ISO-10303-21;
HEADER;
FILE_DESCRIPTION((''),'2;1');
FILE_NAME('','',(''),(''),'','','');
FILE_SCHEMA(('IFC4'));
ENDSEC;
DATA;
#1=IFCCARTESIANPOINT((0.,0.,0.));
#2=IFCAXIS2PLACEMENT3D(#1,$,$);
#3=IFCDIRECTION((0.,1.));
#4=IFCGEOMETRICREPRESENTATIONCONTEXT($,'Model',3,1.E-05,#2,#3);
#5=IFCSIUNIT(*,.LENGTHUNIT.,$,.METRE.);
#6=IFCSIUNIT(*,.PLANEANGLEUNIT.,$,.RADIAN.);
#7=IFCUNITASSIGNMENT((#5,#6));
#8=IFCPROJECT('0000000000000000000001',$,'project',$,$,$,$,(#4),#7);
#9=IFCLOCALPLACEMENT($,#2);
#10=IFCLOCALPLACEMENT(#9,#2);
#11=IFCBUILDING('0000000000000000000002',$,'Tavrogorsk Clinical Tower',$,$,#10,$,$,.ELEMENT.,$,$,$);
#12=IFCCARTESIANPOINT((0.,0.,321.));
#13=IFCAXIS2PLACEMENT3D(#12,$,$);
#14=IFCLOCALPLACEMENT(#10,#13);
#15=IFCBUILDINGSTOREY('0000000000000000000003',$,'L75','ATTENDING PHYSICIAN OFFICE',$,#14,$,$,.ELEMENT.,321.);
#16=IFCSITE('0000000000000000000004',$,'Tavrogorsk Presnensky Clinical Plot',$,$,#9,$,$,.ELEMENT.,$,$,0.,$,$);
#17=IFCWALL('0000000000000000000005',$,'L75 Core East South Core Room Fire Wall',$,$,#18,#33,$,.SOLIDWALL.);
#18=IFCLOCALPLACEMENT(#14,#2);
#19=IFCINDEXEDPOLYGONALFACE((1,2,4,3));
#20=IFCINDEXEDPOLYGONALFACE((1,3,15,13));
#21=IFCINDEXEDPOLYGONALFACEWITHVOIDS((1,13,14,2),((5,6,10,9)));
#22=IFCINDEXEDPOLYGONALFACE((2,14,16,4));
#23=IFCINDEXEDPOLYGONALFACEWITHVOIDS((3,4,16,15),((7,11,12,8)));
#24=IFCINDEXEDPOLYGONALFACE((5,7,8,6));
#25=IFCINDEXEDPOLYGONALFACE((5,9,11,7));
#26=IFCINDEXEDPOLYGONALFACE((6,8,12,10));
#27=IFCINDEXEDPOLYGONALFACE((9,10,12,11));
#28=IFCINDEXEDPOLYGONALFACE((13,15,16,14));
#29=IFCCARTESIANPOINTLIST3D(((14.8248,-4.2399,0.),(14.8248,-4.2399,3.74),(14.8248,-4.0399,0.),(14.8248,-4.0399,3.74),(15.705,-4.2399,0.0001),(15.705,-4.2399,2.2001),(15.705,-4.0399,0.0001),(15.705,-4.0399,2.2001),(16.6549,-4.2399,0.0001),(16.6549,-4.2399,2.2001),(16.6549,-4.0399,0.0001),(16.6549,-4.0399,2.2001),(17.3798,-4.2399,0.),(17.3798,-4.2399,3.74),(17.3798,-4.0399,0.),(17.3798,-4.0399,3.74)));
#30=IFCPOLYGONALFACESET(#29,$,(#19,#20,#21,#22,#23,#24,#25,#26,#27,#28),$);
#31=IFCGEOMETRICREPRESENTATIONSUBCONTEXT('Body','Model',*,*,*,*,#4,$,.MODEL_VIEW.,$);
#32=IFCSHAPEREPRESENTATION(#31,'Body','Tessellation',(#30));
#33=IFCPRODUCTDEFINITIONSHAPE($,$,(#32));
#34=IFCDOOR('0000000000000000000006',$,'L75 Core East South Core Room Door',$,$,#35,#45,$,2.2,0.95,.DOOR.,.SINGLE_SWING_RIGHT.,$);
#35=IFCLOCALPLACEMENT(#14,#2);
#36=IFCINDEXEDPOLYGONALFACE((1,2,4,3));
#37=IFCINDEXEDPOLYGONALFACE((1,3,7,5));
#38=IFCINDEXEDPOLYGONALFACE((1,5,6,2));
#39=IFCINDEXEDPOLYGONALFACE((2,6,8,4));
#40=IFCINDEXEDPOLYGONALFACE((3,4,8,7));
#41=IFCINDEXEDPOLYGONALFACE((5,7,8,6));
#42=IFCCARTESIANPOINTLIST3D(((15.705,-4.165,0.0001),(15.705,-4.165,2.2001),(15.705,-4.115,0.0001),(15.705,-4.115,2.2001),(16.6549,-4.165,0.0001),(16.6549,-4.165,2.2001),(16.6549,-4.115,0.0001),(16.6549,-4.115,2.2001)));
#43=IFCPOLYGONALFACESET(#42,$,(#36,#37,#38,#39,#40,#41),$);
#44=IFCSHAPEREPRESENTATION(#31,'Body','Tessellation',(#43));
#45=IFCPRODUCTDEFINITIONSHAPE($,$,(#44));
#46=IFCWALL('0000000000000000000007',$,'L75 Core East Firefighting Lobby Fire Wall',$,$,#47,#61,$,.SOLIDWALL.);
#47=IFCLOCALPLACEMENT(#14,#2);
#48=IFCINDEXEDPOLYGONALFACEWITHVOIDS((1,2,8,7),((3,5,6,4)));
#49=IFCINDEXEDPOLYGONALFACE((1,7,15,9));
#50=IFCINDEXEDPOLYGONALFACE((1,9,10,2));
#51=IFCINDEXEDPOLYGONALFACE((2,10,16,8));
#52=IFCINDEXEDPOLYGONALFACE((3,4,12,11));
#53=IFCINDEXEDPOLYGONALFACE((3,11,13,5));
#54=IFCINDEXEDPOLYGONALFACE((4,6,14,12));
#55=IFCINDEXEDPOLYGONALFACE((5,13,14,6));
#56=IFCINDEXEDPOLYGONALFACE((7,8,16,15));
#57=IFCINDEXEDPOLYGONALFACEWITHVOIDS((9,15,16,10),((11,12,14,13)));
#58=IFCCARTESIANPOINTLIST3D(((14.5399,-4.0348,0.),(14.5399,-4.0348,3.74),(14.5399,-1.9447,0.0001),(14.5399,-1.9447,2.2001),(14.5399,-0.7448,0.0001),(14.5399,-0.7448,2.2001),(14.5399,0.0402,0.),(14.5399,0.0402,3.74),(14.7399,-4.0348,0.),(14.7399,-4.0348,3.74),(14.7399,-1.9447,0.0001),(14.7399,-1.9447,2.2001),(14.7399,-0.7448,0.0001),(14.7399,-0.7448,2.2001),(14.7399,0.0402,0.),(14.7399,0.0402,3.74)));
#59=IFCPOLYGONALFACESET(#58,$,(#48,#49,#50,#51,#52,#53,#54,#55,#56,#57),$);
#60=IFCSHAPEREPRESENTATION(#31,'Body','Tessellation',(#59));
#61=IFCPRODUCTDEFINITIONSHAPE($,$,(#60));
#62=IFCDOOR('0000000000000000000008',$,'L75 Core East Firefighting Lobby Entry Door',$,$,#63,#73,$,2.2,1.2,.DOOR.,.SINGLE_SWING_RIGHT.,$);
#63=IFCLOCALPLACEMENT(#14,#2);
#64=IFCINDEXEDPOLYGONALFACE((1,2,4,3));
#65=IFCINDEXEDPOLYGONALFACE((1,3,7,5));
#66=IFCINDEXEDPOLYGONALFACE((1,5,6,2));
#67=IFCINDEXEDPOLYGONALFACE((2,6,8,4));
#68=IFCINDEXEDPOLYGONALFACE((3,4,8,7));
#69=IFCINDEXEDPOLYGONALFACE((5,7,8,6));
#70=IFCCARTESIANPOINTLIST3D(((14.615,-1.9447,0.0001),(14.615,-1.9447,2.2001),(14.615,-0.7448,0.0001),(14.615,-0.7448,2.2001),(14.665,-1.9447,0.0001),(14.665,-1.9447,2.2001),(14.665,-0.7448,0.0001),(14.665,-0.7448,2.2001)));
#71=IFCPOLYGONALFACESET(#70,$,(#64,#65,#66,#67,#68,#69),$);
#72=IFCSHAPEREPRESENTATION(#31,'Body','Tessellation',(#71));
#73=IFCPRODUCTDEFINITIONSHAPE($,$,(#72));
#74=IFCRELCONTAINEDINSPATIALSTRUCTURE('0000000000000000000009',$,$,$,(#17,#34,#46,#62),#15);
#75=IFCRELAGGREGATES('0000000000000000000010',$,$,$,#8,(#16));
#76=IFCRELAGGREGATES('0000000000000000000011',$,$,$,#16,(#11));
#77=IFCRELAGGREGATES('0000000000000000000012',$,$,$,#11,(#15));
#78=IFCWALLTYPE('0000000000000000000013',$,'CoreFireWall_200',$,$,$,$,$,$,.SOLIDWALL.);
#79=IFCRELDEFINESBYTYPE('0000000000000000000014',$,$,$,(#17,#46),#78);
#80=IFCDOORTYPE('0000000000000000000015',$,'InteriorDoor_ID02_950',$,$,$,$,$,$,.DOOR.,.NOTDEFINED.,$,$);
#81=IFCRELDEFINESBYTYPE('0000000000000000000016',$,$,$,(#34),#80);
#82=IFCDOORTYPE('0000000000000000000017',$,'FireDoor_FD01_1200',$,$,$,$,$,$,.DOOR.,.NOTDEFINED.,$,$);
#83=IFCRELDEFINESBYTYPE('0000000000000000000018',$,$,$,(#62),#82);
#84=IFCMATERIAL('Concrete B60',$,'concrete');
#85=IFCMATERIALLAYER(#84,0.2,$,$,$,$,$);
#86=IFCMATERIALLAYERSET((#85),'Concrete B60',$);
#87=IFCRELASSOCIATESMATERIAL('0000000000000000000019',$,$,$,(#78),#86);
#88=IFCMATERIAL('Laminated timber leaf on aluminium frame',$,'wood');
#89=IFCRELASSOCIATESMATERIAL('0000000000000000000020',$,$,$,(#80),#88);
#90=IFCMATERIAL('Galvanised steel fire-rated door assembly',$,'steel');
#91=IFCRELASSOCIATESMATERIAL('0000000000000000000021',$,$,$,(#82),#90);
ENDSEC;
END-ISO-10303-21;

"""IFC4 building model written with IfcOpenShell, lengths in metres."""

from ifc_helpers import new_model, si_unit, direction, frame, frame_2d, origin, place, context, subcontext, project, spatial, rectangle, extrude, material, layer, layer_set, type_object, element, fill, save


model = new_model("IFC4")

# Units and contexts
model_context = context("Model", 3, precision=1e-05, world=origin(), true_north=direction((0.0, 1.0)))
body_context = subcontext(model_context, "Body", "Model", "MODEL_VIEW")
ifc_project = project(units=[si_unit("LENGTHUNIT", "METRE"), si_unit("PLANEANGLEUNIT", "RADIAN")], contexts=[model_context])

# Site, building, storey
site_placement = place(None, origin())
site = spatial("IfcSite", under=ifc_project, at=site_placement, Name="Tavrogorsk Presnensky Clinical Plot", CompositionType="ELEMENT", RefElevation=0.0)
building_placement = place(site_placement, origin())
building = spatial("IfcBuilding", under=site, at=building_placement, Name="Tavrogorsk Clinical Tower", CompositionType="ELEMENT")
storey_placement = place(building_placement, frame((0.0, 0.0, 321.0)))
storey = spatial("IfcBuildingStorey", under=building, at=storey_placement, Name="L75", Description="ATTENDING PHYSICIAN OFFICE", CompositionType="ELEMENT", Elevation=321.0)

# Walls, openings, doors
ifc_material_1 = material(Name="Concrete B60", Category="concrete")
ifc_layer_1 = layer(ifc_material_1, 0.2)
ifc_layer_set_1 = layer_set([ifc_layer_1], Name="Concrete B60")
wall_type_1 = type_object("IfcWallType", Name="CoreFireWall_200", PredefinedType="SOLIDWALL", material=ifc_layer_set_1)
wall_1_placement = place(storey_placement, frame((14.825, -4.1399, 0.0), z_axis=(0.0, 0.0, 1.0), x_axis=(1.0, 0.0, 0.0)))
wall_1 = element("IfcWall", 1, at=wall_1_placement, inside=storey, type_object=wall_type_1, Name="L75 Core East South Core Room Fire Wall", PredefinedType="SOLIDWALL", context=body_context, shape_type="SweptSolid", body=[
    extrude(rectangle(XDim=2.5549, YDim=0.2, at=frame_2d((1.2773, 0.0))), origin(), (0.0, 0.0, 1.0), 3.74),
])
opening_1_placement = place(wall_1_placement, frame((0.8799, 0.0, 0.0)))
opening_1 = element("IfcOpeningElement", 2, at=opening_1_placement, cuts=wall_1, PredefinedType="OPENING", context=body_context, shape_type="SweptSolid", body=[
    extrude(rectangle(XDim=0.95, YDim=2.2, at=frame_2d((0.4751, 1.1001))), frame((0.0, 0.1099, 0.0), z_axis=(0.0, -1.0, 0.0), x_axis=(1.0, 0.0, 0.0)), (0.0, 0.0, 1.0), 0.22),
])
ifc_material_2 = material(Name="Laminated timber leaf on aluminium frame", Category="wood")
door_type_1 = type_object("IfcDoorType", Name="InteriorDoor_ID02_950", OperationType="NOTDEFINED", PredefinedType="DOOR", material=ifc_material_2)
door_1_placement = place(opening_1_placement, origin())
door_1 = element("IfcDoor", 3, at=door_1_placement, inside=storey, type_object=door_type_1, Name="L75 Core East South Core Room Door", OperationType="SINGLE_SWING_RIGHT", OverallHeight=2.2, OverallWidth=0.95, PredefinedType="DOOR", context=body_context, shape_type="SweptSolid", body=[
    extrude(rectangle(XDim=0.95, YDim=2.2, at=frame_2d((0.4751, 1.1001))), frame((0.0, 0.0249, 0.0), z_axis=(0.0, -1.0, 0.0), x_axis=(1.0, 0.0, 0.0)), (0.0, 0.0, 1.0), 0.05),
])
fill(opening_1, door_1)
wall_2_placement = place(storey_placement, frame((14.6399, -4.0349, 0.0), z_axis=(0.0, 0.0, 1.0), x_axis=(0.0, 1.0, 0.0)))
wall_2 = element("IfcWall", 4, at=wall_2_placement, inside=storey, type_object=wall_type_1, Name="L75 Core East Firefighting Lobby Fire Wall", PredefinedType="SOLIDWALL", context=body_context, shape_type="SweptSolid", body=[
    extrude(rectangle(XDim=4.075, YDim=0.2, at=frame_2d((2.0376, 0.0))), origin(), (0.0, 0.0, 1.0), 3.74),
])
opening_2_placement = place(wall_2_placement, frame((2.0901, 0.0, 0.0)))
opening_2 = element("IfcOpeningElement", 5, at=opening_2_placement, cuts=wall_2, PredefinedType="OPENING", context=body_context, shape_type="SweptSolid", body=[
    extrude(rectangle(XDim=1.2, YDim=2.2, at=frame_2d((0.6001, 1.1001))), frame((0.0, 0.1099, 0.0), z_axis=(0.0, -1.0, 0.0), x_axis=(1.0, 0.0, 0.0)), (0.0, 0.0, 1.0), 0.22),
])
ifc_material_3 = material(Name="Galvanised steel fire-rated door assembly", Category="steel")
door_type_2 = type_object("IfcDoorType", Name="FireDoor_FD01_1200", OperationType="NOTDEFINED", PredefinedType="DOOR", material=ifc_material_3)
door_2_placement = place(opening_2_placement, origin())
door_2 = element("IfcDoor", 6, at=door_2_placement, inside=storey, type_object=door_type_2, Name="L75 Core East Firefighting Lobby Entry Door", OperationType="SINGLE_SWING_RIGHT", OverallHeight=2.2, OverallWidth=1.2, PredefinedType="DOOR", context=body_context, shape_type="SweptSolid", body=[
    extrude(rectangle(XDim=1.2, YDim=2.2, at=frame_2d((0.6001, 1.1001))), frame((0.0, 0.0249, 0.0), z_axis=(0.0, -1.0, 0.0), x_axis=(1.0, 0.0, 0.0)), (0.0, 0.0, 1.0), 0.05),
])
fill(opening_2, door_2)

save(model, "model.ifc")
